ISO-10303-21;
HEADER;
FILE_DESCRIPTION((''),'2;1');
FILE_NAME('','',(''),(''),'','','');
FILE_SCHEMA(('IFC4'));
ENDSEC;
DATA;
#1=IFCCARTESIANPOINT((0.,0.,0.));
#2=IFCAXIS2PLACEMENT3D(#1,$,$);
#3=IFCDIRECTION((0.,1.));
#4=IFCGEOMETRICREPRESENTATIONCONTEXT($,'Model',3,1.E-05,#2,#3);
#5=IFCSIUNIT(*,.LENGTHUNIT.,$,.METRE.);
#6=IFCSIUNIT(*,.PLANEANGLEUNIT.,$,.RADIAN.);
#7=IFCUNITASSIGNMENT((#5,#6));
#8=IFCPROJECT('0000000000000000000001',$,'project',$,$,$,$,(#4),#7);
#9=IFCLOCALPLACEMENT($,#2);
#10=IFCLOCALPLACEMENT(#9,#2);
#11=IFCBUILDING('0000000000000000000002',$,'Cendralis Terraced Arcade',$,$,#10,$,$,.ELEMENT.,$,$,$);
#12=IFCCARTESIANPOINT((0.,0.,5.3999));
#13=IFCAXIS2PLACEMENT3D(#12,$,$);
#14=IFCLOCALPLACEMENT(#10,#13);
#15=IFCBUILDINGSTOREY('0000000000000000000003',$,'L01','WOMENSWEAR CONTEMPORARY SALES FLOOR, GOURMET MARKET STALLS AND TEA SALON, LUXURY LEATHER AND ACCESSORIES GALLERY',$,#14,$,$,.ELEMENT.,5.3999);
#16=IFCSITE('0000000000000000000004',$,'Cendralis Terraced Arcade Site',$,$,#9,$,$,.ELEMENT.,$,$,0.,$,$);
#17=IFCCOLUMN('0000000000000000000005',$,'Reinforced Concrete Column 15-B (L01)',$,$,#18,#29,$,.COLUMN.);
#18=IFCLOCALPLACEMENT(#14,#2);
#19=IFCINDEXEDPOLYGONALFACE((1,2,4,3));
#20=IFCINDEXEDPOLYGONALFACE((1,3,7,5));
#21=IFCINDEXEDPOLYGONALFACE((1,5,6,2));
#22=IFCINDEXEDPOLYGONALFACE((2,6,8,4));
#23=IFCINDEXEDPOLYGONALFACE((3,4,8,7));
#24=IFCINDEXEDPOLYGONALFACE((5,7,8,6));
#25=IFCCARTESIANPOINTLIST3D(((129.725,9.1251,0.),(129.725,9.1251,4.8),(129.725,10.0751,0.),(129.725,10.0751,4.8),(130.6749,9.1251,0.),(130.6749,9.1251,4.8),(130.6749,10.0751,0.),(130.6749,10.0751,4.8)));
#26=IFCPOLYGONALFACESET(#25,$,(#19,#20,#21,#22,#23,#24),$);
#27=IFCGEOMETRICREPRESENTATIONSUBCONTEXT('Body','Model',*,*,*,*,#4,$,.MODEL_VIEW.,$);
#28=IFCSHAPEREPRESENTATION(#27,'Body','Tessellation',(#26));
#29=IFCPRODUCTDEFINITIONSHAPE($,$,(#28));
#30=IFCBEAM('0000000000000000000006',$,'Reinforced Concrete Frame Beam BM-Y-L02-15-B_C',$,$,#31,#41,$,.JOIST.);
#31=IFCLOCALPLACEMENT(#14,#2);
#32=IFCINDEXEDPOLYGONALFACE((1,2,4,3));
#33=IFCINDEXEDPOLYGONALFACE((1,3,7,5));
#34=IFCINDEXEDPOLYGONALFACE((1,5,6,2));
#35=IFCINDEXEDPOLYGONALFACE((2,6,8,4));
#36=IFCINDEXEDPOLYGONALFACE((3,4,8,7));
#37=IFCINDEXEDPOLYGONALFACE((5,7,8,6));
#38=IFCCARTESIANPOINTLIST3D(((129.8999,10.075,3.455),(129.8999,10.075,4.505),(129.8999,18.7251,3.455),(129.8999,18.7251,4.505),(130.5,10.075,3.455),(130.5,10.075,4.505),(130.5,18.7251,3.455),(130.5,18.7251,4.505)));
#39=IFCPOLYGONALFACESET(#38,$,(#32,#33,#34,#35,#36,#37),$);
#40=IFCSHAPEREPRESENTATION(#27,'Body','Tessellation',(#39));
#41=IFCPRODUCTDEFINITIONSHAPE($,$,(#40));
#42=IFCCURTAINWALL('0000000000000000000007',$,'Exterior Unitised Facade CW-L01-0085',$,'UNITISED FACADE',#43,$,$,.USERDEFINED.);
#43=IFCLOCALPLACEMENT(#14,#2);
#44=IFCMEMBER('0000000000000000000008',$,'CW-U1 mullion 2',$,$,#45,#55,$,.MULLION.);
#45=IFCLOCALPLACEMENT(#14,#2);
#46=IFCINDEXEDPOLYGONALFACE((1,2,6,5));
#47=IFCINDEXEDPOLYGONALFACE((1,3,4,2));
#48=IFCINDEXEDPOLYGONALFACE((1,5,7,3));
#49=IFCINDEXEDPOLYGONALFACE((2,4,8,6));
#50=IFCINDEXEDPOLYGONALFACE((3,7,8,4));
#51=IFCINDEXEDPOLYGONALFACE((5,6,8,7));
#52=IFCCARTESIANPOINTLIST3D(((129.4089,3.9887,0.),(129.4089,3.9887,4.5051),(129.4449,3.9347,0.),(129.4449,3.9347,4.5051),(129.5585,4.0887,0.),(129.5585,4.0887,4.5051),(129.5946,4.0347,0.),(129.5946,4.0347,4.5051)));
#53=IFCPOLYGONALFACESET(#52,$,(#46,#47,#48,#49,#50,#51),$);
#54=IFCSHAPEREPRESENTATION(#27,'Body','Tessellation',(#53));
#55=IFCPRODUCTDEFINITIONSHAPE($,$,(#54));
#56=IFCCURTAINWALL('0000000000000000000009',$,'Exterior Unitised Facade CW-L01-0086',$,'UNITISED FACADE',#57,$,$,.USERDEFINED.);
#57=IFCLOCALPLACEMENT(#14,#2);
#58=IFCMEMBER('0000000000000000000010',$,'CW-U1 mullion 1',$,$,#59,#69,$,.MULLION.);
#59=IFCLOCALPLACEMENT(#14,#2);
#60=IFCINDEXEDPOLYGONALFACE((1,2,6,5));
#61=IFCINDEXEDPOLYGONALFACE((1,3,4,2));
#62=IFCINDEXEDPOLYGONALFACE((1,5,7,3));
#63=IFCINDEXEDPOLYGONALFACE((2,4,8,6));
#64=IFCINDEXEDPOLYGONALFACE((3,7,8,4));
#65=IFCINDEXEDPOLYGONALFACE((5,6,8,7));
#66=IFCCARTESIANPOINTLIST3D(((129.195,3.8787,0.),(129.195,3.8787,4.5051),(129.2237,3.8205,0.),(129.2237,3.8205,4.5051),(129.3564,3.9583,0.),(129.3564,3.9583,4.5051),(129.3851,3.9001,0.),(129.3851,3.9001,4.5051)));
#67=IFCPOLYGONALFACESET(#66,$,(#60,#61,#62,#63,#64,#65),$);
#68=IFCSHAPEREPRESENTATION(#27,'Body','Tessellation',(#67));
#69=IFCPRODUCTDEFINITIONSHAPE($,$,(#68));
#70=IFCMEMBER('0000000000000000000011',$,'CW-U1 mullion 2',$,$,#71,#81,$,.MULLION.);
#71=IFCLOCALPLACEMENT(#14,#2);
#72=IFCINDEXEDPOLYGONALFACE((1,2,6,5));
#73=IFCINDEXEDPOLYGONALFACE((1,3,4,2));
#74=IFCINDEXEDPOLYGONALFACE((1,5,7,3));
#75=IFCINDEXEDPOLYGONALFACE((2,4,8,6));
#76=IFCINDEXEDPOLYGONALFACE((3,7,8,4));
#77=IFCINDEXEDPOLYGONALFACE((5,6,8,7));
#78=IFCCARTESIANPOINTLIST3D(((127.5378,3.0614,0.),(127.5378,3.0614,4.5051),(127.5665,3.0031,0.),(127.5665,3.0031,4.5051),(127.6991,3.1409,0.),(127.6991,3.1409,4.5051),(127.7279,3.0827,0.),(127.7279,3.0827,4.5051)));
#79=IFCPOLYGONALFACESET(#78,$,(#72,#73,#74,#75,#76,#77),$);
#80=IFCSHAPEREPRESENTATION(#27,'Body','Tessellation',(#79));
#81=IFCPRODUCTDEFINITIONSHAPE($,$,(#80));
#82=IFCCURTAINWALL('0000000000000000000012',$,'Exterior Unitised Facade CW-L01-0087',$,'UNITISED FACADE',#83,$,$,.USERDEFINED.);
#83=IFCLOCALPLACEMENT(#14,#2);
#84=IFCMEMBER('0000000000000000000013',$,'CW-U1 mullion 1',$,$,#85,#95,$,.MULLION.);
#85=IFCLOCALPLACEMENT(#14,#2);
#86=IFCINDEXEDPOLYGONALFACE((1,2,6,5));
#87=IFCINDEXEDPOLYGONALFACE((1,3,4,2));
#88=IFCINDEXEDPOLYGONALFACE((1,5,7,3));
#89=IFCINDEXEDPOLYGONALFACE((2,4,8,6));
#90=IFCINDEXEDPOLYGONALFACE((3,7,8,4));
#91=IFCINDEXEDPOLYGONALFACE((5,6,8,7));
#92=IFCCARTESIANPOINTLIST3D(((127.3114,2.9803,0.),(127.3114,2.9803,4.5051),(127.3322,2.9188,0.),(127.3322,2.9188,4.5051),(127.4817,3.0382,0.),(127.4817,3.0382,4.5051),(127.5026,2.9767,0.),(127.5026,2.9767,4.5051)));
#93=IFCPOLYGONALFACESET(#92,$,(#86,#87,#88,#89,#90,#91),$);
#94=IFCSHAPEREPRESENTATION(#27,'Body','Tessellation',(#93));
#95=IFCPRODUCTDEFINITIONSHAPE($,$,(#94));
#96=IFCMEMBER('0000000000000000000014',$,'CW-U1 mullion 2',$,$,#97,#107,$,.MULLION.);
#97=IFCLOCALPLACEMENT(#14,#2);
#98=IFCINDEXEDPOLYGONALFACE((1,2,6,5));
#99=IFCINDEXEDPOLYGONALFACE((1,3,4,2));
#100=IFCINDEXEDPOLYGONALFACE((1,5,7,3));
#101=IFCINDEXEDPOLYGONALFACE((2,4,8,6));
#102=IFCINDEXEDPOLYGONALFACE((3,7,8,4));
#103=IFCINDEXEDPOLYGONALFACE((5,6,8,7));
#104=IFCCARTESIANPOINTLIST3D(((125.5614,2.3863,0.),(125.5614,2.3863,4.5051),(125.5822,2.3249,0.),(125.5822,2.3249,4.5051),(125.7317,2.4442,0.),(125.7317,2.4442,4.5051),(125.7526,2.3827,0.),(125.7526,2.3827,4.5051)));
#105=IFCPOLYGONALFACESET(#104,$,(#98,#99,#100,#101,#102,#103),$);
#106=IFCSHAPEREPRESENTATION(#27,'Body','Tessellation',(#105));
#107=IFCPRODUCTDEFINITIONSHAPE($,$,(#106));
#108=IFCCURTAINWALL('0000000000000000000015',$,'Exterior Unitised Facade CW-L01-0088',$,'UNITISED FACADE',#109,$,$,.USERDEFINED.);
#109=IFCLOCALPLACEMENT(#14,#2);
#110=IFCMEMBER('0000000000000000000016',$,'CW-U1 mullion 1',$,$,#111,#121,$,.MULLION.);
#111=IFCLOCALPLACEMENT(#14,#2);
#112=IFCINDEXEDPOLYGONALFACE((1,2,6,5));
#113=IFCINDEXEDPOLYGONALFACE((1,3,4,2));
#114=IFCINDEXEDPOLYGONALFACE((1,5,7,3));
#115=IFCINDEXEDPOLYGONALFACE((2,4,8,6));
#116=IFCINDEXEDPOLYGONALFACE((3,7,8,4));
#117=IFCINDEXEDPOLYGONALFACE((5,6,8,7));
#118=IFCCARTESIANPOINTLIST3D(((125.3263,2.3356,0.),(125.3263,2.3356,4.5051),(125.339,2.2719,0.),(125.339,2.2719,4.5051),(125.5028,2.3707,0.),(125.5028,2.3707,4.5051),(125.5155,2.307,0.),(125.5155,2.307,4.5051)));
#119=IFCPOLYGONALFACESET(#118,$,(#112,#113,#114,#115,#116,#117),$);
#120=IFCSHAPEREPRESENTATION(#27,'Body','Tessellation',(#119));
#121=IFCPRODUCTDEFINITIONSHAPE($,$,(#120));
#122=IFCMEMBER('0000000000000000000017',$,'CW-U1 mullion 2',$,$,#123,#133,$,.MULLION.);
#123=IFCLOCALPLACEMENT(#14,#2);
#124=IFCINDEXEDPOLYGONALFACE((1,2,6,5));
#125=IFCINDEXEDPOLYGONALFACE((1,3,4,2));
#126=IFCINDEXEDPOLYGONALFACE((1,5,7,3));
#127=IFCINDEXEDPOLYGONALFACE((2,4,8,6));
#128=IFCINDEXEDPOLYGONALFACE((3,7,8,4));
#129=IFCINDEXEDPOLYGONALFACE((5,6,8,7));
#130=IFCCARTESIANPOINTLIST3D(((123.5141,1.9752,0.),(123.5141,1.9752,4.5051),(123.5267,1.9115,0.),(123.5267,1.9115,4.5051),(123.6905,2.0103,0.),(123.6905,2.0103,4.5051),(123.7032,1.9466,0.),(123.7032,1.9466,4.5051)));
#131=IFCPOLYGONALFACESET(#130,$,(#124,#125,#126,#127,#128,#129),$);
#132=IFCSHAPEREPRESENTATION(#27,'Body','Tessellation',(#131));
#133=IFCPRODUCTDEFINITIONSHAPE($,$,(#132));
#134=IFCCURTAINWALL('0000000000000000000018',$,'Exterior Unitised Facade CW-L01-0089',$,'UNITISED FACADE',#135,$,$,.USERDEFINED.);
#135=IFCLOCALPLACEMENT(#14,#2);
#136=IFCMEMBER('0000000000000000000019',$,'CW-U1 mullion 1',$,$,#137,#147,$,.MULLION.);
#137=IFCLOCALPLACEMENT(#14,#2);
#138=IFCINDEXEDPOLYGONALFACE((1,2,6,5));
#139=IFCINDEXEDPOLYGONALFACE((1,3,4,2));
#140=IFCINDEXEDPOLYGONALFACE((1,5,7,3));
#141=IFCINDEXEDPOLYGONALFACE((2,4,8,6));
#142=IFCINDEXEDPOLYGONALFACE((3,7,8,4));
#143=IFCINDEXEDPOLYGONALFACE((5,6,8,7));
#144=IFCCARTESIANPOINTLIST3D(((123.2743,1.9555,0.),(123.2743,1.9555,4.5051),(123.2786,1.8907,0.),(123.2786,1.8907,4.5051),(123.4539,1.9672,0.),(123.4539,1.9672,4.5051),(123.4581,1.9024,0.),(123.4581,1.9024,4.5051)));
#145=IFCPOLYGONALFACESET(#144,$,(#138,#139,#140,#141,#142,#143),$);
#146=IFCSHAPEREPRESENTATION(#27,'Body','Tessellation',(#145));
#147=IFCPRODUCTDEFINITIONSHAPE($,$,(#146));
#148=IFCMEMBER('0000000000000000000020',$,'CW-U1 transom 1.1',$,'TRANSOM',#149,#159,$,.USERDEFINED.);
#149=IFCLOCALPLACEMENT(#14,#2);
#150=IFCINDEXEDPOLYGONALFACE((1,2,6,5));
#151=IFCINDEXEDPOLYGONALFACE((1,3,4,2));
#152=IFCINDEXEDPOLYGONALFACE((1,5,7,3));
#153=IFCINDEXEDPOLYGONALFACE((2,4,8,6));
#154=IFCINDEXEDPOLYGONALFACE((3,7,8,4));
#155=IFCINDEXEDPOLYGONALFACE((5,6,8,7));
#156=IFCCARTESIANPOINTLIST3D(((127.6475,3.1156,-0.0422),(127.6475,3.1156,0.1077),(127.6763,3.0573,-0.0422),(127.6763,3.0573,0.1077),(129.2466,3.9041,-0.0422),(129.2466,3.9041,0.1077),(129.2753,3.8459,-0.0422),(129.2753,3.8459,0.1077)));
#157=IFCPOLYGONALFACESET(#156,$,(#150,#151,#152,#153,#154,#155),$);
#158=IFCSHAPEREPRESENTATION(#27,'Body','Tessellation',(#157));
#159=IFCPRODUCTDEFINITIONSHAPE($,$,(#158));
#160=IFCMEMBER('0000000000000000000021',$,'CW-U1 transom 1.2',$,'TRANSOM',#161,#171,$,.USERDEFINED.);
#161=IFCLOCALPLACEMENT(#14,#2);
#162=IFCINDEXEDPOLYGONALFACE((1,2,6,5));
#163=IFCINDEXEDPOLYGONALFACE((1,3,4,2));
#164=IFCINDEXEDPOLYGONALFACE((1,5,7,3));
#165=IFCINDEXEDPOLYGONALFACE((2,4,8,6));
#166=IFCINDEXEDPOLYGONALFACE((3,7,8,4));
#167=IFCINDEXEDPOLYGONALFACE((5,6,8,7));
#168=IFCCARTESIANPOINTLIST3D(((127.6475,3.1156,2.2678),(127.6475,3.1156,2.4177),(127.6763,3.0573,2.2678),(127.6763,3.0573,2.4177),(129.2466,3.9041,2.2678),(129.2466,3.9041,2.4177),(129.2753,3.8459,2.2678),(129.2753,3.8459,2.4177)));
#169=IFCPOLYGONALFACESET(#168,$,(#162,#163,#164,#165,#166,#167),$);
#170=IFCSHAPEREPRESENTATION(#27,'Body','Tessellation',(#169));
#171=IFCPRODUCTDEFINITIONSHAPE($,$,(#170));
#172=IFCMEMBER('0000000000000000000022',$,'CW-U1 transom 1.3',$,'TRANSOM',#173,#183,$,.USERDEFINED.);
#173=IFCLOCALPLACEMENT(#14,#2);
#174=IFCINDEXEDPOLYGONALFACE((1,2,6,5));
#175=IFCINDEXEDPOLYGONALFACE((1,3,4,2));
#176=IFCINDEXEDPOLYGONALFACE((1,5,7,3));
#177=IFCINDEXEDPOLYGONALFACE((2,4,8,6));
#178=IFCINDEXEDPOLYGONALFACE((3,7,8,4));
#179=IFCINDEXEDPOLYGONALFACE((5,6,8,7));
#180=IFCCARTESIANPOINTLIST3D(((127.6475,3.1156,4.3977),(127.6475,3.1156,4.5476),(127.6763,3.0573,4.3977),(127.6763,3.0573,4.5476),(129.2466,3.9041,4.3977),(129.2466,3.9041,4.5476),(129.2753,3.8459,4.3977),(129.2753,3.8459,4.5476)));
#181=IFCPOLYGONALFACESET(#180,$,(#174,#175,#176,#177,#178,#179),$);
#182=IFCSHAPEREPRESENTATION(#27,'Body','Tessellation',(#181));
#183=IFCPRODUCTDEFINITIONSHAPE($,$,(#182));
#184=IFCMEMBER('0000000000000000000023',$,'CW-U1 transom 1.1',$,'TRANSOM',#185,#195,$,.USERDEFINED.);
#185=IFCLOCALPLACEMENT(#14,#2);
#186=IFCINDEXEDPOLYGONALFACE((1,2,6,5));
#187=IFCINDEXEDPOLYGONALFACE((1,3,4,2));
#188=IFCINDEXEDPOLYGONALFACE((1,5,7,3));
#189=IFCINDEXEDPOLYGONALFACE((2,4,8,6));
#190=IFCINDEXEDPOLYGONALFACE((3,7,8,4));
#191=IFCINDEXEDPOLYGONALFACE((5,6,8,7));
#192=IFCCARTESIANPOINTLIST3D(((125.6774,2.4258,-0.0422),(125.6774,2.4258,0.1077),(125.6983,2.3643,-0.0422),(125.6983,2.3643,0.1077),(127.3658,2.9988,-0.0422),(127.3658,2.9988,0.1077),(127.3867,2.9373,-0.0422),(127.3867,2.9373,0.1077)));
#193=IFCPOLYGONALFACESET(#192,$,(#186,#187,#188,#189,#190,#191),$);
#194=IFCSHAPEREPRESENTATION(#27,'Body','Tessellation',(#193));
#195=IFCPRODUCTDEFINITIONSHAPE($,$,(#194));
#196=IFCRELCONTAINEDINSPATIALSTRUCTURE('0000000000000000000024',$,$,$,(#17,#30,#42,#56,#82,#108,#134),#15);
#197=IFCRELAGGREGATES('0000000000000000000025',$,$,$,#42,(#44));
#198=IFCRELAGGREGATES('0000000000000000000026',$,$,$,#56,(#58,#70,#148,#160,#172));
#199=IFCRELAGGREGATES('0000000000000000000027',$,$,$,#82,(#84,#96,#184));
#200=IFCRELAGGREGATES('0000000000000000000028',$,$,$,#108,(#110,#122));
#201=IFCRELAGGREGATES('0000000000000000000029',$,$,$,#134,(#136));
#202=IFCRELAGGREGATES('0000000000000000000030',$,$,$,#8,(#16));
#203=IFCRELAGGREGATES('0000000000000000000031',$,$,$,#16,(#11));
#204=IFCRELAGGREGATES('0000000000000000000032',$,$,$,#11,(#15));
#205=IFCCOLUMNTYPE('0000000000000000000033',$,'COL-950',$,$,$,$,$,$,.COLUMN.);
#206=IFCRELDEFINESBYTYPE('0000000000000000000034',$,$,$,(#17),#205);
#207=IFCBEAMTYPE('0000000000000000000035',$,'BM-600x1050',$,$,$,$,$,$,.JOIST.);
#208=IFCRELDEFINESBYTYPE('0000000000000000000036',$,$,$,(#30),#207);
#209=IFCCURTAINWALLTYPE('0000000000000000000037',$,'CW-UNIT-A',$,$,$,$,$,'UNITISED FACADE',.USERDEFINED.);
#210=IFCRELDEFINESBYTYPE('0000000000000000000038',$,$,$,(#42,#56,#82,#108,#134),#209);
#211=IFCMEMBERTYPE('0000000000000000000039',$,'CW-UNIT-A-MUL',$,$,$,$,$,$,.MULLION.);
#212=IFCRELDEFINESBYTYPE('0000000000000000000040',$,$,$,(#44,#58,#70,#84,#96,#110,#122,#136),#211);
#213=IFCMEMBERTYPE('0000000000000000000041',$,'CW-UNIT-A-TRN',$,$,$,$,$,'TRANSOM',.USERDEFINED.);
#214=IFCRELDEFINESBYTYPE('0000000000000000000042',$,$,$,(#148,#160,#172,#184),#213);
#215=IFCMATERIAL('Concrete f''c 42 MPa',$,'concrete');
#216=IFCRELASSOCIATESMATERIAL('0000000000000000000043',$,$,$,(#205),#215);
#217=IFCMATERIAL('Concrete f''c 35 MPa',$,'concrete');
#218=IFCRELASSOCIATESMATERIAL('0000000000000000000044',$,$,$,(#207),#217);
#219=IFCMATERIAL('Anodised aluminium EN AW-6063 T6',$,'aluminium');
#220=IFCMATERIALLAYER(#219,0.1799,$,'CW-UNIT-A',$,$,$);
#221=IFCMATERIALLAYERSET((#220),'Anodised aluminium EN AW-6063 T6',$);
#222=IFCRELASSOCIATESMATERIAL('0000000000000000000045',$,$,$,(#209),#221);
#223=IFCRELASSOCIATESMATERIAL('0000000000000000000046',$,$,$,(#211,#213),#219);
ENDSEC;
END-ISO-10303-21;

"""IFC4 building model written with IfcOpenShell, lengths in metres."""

from ifc_helpers import new_model, si_unit, direction, frame, origin, origin_2d, place, context, subcontext, project, spatial, rectangle, extrude, material, layer, layer_set, material_profile, profile_set, type_object, element, aggregate, save


model = new_model("IFC4")

# Units and contexts
model_context = context("Model", 3, precision=1e-05, world=origin(), true_north=direction((0.0, 1.0)))
body_context = subcontext(model_context, "Body", "Model", "MODEL_VIEW")
ifc_project = project(units=[si_unit("LENGTHUNIT", "METRE"), si_unit("PLANEANGLEUNIT", "RADIAN")], contexts=[model_context])

# Site, building, storey
site_placement = place(None, origin())
site = spatial("IfcSite", under=ifc_project, at=site_placement, Name="Cendralis Terraced Arcade Site", CompositionType="ELEMENT", RefElevation=0.0)
building_placement = place(site_placement, origin())
building = spatial("IfcBuilding", under=site, at=building_placement, Name="Cendralis Terraced Arcade", CompositionType="ELEMENT")
storey_placement = place(building_placement, frame((0.0, 0.0, 5.3999)))
storey = spatial("IfcBuildingStorey", under=building, at=storey_placement, Name="L01", Description="WOMENSWEAR CONTEMPORARY SALES FLOOR, GOURMET MARKET STALLS AND TEA SALON, LUXURY LEATHER AND ACCESSORIES GALLERY", CompositionType="ELEMENT", Elevation=5.3999)

# Column
ifc_material_1 = material(Name="Concrete f'c 42 MPa", Category="concrete")
ifc_material_profile_1 = material_profile(ifc_material_1, rectangle(XDim=0.95, YDim=0.95, at=origin_2d()), Name="RC-COL-950x950", Category="LoadBearing")
ifc_profile_set_1 = profile_set([ifc_material_profile_1], Name="Concrete f'c 42 MPa")
column_type = type_object("IfcColumnType", Name="COL-950", PredefinedType="COLUMN", material=ifc_profile_set_1)
column_placement = place(storey_placement, frame((130.2, 9.6001, 0.0), z_axis=(0.0, 0.0, 1.0), x_axis=(1.0, 0.0, 0.0)))
element("IfcColumn", 1, at=column_placement, inside=storey, type_object=column_type, Name="Reinforced Concrete Column 15-B (L01)", PredefinedType="COLUMN", context=body_context, shape_type="SweptSolid", body=[
    extrude(rectangle(XDim=0.95, YDim=0.95, at=origin_2d()), origin(), (0.0, 0.0, 1.0), 4.8),
])

# Beam
ifc_material_2 = material(Name="Concrete f'c 35 MPa", Category="concrete")
ifc_material_profile_2 = material_profile(ifc_material_2, rectangle(XDim=0.6001, YDim=1.05, at=origin_2d()), Name="RC-BM-600x1050", Category="LoadBearing")
ifc_profile_set_2 = profile_set([ifc_material_profile_2], Name="Concrete f'c 35 MPa")
beam_type = type_object("IfcBeamType", Name="BM-600x1050", PredefinedType="JOIST", material=ifc_profile_set_2)
beam_placement = place(storey_placement, frame((130.2, 10.075, 3.98), z_axis=(0.0, 1.0, 0.0), x_axis=(-1.0, 0.0, 0.0)))
element("IfcBeam", 2, at=beam_placement, inside=storey, type_object=beam_type, Name="Reinforced Concrete Frame Beam BM-Y-L02-15-B_C", PredefinedType="JOIST", context=body_context, shape_type="SweptSolid", body=[
    extrude(rectangle(XDim=0.6001, YDim=1.05, at=origin_2d()), origin(), (0.0, 0.0, 1.0), 8.6501),
])

# Curtain wall, member
ifc_material_3 = material(Name="Anodised aluminium EN AW-6063 T6", Category="aluminium")
ifc_layer_1 = layer(ifc_material_3, 0.1799, Name="CW-UNIT-A")
ifc_layer_set_1 = layer_set([ifc_layer_1], Name="Anodised aluminium EN AW-6063 T6")
curtain_wall_type = type_object("IfcCurtainWallType", Name="CW-UNIT-A", ElementType="UNITISED FACADE", PredefinedType="USERDEFINED", material=ifc_layer_set_1)
curtain_wall_1_placement = place(storey_placement, origin())
curtain_wall_1 = element("IfcCurtainWall", 3, at=curtain_wall_1_placement, inside=storey, type_object=curtain_wall_type, Name="Exterior Unitised Facade CW-L01-0085", ObjectType="UNITISED FACADE", PredefinedType="USERDEFINED")
ifc_material_profile_3 = material_profile(ifc_material_3, rectangle(XDim=0.0649, YDim=0.1799, at=origin_2d()), Name="ALU-MUL-65x180")
ifc_profile_set_3 = profile_set([ifc_material_profile_3], Name="Anodised aluminium EN AW-6063 T6")
member_type_1 = type_object("IfcMemberType", Name="CW-UNIT-A-MUL", PredefinedType="MULLION", material=ifc_profile_set_3)
member_1_placement = place(storey_placement, frame((129.5017, 4.0117, 0.0), z_axis=(0.0, 0.0, 1.0), x_axis=(0.555532, -0.831495, 0.0)))
member_1 = element("IfcMember", 4, at=member_1_placement, type_object=member_type_1, Name="CW-U1 mullion 2", PredefinedType="MULLION", context=body_context, shape_type="SweptSolid", body=[
    extrude(rectangle(XDim=0.0649, YDim=0.1799, at=origin_2d()), origin(), (0.0, 0.0, 1.0), 4.5051),
])

# Curtain walls, members
curtain_wall_2_placement = place(storey_placement, origin())
curtain_wall_2 = element("IfcCurtainWall", 5, at=curtain_wall_2_placement, inside=storey, type_object=curtain_wall_type, Name="Exterior Unitised Facade CW-L01-0086", ObjectType="UNITISED FACADE", PredefinedType="USERDEFINED")
member_2_placement = place(storey_placement, frame((129.29, 3.8894, 0.0), z_axis=(0.0, 0.0, 1.0), x_axis=(0.442293, -0.896871, 0.0)))
member_2 = element("IfcMember", 6, at=member_2_placement, type_object=member_type_1, Name="CW-U1 mullion 1", PredefinedType="MULLION", context=body_context, shape_type="SweptSolid", body=[
    extrude(rectangle(XDim=0.0649, YDim=0.1799, at=origin_2d()), origin(), (0.0, 0.0, 1.0), 4.5051),
])
member_3_placement = place(storey_placement, frame((127.6328, 3.072, 0.0), z_axis=(0.0, 0.0, 1.0), x_axis=(0.442293, -0.896871, 0.0)))
member_3 = element("IfcMember", 7, at=member_3_placement, type_object=member_type_1, Name="CW-U1 mullion 2", PredefinedType="MULLION", context=body_context, shape_type="SweptSolid", body=[
    extrude(rectangle(XDim=0.0649, YDim=0.1799, at=origin_2d()), origin(), (0.0, 0.0, 1.0), 4.5051),
])
curtain_wall_3_placement = place(storey_placement, origin())
curtain_wall_3 = element("IfcCurtainWall", 8, at=curtain_wall_3_placement, inside=storey, type_object=curtain_wall_type, Name="Exterior Unitised Facade CW-L01-0087", ObjectType="UNITISED FACADE", PredefinedType="USERDEFINED")
member_4_placement = place(storey_placement, frame((127.407, 2.9785, 0.0), z_axis=(0.0, 0.0, 1.0), x_axis=(0.321445, -0.946928, 0.0)))
member_4 = element("IfcMember", 9, at=member_4_placement, type_object=member_type_1, Name="CW-U1 mullion 1", PredefinedType="MULLION", context=body_context, shape_type="SweptSolid", body=[
    extrude(rectangle(XDim=0.0649, YDim=0.1799, at=origin_2d()), origin(), (0.0, 0.0, 1.0), 4.5051),
])
member_5_placement = place(storey_placement, frame((125.657, 2.3845, 0.0), z_axis=(0.0, 0.0, 1.0), x_axis=(0.321445, -0.946928, 0.0)))
member_5 = element("IfcMember", 10, at=member_5_placement, type_object=member_type_1, Name="CW-U1 mullion 2", PredefinedType="MULLION", context=body_context, shape_type="SweptSolid", body=[
    extrude(rectangle(XDim=0.0649, YDim=0.1799, at=origin_2d()), origin(), (0.0, 0.0, 1.0), 4.5051),
])
curtain_wall_4_placement = place(storey_placement, origin())
curtain_wall_4 = element("IfcCurtainWall", 11, at=curtain_wall_4_placement, inside=storey, type_object=curtain_wall_type, Name="Exterior Unitised Facade CW-L01-0088", ObjectType="UNITISED FACADE", PredefinedType="USERDEFINED")
member_6_placement = place(storey_placement, frame((125.4209, 2.3213, 0.0), z_axis=(0.0, 0.0, 1.0), x_axis=(0.19505, -0.980793, 0.0)))
member_6 = element("IfcMember", 12, at=member_6_placement, type_object=member_type_1, Name="CW-U1 mullion 1", PredefinedType="MULLION", context=body_context, shape_type="SweptSolid", body=[
    extrude(rectangle(XDim=0.0649, YDim=0.1799, at=origin_2d()), origin(), (0.0, 0.0, 1.0), 4.5051),
])
member_7_placement = place(storey_placement, frame((123.6086, 1.9609, 0.0), z_axis=(0.0, 0.0, 1.0), x_axis=(0.19505, -0.980793, 0.0)))
member_7 = element("IfcMember", 13, at=member_7_placement, type_object=member_type_1, Name="CW-U1 mullion 2", PredefinedType="MULLION", context=body_context, shape_type="SweptSolid", body=[
    extrude(rectangle(XDim=0.0649, YDim=0.1799, at=origin_2d()), origin(), (0.0, 0.0, 1.0), 4.5051),
])

# Curtain wall, member
curtain_wall_5_placement = place(storey_placement, origin())
curtain_wall_5 = element("IfcCurtainWall", 14, at=curtain_wall_5_placement, inside=storey, type_object=curtain_wall_type, Name="Exterior Unitised Facade CW-L01-0089", ObjectType="UNITISED FACADE", PredefinedType="USERDEFINED")
member_8_placement = place(storey_placement, frame((123.3662, 1.929, 0.0), z_axis=(0.0, 0.0, 1.0), x_axis=(0.065398, -0.997859, 0.0)))
member_8 = element("IfcMember", 15, at=member_8_placement, type_object=member_type_1, Name="CW-U1 mullion 1", PredefinedType="MULLION", context=body_context, shape_type="SweptSolid", body=[
    extrude(rectangle(XDim=0.0649, YDim=0.1799, at=origin_2d()), origin(), (0.0, 0.0, 1.0), 4.5051),
])

# Members
ifc_material_profile_4 = material_profile(ifc_material_3, rectangle(XDim=0.0649, YDim=0.1499, at=origin_2d()), Name="ALU-TRN-65x150")
ifc_profile_set_4 = profile_set([ifc_material_profile_4], Name="Anodised aluminium EN AW-6063 T6")
member_type_2 = type_object("IfcMemberType", Name="CW-UNIT-A-TRN", ElementType="TRANSOM", PredefinedType="USERDEFINED", material=ifc_profile_set_4)
member_9_placement = place(storey_placement, frame((129.261, 3.875, 0.0327), z_axis=(-0.896878, -0.442277, 0.0), x_axis=(0.442277, -0.896878, 0.0)))
member_9 = element("IfcMember", 16, at=member_9_placement, type_object=member_type_2, Name="CW-U1 transom 1.1", ObjectType="TRANSOM", PredefinedType="USERDEFINED", context=body_context, shape_type="SweptSolid", body=[
    extrude(rectangle(XDim=0.0649, YDim=0.1499, at=origin_2d()), origin(), (0.0, 0.0, 1.0), 1.783),
])
member_10_placement = place(storey_placement, frame((129.261, 3.875, 2.3428), z_axis=(-0.896878, -0.442277, 0.0), x_axis=(0.442277, -0.896878, 0.0)))
member_10 = element("IfcMember", 17, at=member_10_placement, type_object=member_type_2, Name="CW-U1 transom 1.2", ObjectType="TRANSOM", PredefinedType="USERDEFINED", context=body_context, shape_type="SweptSolid", body=[
    extrude(rectangle(XDim=0.0649, YDim=0.1499, at=origin_2d()), origin(), (0.0, 0.0, 1.0), 1.783),
])
member_11_placement = place(storey_placement, frame((129.261, 3.875, 4.4727), z_axis=(-0.896878, -0.442277, 0.0), x_axis=(0.442277, -0.896878, 0.0)))
member_11 = element("IfcMember", 18, at=member_11_placement, type_object=member_type_2, Name="CW-U1 transom 1.3", ObjectType="TRANSOM", PredefinedType="USERDEFINED", context=body_context, shape_type="SweptSolid", body=[
    extrude(rectangle(XDim=0.0649, YDim=0.1499, at=origin_2d()), origin(), (0.0, 0.0, 1.0), 1.783),
])
member_12_placement = place(storey_placement, frame((127.3762, 2.968, 0.0327), z_axis=(-0.946958, -0.321358, 0.0), x_axis=(0.321358, -0.946958, 0.0)))
member_12 = element("IfcMember", 19, at=member_12_placement, type_object=member_type_2, Name="CW-U1 transom 1.1", ObjectType="TRANSOM", PredefinedType="USERDEFINED", context=body_context, shape_type="SweptSolid", body=[
    extrude(rectangle(XDim=0.0649, YDim=0.1499, at=origin_2d()), origin(), (0.0, 0.0, 1.0), 1.783),
])

aggregate(curtain_wall_1, [member_1])
aggregate(curtain_wall_2, [member_2, member_3, member_9, member_10, member_11])
aggregate(curtain_wall_3, [member_4, member_5, member_12])
aggregate(curtain_wall_4, [member_6, member_7])
aggregate(curtain_wall_5, [member_8])

save(model, "model.ifc")
